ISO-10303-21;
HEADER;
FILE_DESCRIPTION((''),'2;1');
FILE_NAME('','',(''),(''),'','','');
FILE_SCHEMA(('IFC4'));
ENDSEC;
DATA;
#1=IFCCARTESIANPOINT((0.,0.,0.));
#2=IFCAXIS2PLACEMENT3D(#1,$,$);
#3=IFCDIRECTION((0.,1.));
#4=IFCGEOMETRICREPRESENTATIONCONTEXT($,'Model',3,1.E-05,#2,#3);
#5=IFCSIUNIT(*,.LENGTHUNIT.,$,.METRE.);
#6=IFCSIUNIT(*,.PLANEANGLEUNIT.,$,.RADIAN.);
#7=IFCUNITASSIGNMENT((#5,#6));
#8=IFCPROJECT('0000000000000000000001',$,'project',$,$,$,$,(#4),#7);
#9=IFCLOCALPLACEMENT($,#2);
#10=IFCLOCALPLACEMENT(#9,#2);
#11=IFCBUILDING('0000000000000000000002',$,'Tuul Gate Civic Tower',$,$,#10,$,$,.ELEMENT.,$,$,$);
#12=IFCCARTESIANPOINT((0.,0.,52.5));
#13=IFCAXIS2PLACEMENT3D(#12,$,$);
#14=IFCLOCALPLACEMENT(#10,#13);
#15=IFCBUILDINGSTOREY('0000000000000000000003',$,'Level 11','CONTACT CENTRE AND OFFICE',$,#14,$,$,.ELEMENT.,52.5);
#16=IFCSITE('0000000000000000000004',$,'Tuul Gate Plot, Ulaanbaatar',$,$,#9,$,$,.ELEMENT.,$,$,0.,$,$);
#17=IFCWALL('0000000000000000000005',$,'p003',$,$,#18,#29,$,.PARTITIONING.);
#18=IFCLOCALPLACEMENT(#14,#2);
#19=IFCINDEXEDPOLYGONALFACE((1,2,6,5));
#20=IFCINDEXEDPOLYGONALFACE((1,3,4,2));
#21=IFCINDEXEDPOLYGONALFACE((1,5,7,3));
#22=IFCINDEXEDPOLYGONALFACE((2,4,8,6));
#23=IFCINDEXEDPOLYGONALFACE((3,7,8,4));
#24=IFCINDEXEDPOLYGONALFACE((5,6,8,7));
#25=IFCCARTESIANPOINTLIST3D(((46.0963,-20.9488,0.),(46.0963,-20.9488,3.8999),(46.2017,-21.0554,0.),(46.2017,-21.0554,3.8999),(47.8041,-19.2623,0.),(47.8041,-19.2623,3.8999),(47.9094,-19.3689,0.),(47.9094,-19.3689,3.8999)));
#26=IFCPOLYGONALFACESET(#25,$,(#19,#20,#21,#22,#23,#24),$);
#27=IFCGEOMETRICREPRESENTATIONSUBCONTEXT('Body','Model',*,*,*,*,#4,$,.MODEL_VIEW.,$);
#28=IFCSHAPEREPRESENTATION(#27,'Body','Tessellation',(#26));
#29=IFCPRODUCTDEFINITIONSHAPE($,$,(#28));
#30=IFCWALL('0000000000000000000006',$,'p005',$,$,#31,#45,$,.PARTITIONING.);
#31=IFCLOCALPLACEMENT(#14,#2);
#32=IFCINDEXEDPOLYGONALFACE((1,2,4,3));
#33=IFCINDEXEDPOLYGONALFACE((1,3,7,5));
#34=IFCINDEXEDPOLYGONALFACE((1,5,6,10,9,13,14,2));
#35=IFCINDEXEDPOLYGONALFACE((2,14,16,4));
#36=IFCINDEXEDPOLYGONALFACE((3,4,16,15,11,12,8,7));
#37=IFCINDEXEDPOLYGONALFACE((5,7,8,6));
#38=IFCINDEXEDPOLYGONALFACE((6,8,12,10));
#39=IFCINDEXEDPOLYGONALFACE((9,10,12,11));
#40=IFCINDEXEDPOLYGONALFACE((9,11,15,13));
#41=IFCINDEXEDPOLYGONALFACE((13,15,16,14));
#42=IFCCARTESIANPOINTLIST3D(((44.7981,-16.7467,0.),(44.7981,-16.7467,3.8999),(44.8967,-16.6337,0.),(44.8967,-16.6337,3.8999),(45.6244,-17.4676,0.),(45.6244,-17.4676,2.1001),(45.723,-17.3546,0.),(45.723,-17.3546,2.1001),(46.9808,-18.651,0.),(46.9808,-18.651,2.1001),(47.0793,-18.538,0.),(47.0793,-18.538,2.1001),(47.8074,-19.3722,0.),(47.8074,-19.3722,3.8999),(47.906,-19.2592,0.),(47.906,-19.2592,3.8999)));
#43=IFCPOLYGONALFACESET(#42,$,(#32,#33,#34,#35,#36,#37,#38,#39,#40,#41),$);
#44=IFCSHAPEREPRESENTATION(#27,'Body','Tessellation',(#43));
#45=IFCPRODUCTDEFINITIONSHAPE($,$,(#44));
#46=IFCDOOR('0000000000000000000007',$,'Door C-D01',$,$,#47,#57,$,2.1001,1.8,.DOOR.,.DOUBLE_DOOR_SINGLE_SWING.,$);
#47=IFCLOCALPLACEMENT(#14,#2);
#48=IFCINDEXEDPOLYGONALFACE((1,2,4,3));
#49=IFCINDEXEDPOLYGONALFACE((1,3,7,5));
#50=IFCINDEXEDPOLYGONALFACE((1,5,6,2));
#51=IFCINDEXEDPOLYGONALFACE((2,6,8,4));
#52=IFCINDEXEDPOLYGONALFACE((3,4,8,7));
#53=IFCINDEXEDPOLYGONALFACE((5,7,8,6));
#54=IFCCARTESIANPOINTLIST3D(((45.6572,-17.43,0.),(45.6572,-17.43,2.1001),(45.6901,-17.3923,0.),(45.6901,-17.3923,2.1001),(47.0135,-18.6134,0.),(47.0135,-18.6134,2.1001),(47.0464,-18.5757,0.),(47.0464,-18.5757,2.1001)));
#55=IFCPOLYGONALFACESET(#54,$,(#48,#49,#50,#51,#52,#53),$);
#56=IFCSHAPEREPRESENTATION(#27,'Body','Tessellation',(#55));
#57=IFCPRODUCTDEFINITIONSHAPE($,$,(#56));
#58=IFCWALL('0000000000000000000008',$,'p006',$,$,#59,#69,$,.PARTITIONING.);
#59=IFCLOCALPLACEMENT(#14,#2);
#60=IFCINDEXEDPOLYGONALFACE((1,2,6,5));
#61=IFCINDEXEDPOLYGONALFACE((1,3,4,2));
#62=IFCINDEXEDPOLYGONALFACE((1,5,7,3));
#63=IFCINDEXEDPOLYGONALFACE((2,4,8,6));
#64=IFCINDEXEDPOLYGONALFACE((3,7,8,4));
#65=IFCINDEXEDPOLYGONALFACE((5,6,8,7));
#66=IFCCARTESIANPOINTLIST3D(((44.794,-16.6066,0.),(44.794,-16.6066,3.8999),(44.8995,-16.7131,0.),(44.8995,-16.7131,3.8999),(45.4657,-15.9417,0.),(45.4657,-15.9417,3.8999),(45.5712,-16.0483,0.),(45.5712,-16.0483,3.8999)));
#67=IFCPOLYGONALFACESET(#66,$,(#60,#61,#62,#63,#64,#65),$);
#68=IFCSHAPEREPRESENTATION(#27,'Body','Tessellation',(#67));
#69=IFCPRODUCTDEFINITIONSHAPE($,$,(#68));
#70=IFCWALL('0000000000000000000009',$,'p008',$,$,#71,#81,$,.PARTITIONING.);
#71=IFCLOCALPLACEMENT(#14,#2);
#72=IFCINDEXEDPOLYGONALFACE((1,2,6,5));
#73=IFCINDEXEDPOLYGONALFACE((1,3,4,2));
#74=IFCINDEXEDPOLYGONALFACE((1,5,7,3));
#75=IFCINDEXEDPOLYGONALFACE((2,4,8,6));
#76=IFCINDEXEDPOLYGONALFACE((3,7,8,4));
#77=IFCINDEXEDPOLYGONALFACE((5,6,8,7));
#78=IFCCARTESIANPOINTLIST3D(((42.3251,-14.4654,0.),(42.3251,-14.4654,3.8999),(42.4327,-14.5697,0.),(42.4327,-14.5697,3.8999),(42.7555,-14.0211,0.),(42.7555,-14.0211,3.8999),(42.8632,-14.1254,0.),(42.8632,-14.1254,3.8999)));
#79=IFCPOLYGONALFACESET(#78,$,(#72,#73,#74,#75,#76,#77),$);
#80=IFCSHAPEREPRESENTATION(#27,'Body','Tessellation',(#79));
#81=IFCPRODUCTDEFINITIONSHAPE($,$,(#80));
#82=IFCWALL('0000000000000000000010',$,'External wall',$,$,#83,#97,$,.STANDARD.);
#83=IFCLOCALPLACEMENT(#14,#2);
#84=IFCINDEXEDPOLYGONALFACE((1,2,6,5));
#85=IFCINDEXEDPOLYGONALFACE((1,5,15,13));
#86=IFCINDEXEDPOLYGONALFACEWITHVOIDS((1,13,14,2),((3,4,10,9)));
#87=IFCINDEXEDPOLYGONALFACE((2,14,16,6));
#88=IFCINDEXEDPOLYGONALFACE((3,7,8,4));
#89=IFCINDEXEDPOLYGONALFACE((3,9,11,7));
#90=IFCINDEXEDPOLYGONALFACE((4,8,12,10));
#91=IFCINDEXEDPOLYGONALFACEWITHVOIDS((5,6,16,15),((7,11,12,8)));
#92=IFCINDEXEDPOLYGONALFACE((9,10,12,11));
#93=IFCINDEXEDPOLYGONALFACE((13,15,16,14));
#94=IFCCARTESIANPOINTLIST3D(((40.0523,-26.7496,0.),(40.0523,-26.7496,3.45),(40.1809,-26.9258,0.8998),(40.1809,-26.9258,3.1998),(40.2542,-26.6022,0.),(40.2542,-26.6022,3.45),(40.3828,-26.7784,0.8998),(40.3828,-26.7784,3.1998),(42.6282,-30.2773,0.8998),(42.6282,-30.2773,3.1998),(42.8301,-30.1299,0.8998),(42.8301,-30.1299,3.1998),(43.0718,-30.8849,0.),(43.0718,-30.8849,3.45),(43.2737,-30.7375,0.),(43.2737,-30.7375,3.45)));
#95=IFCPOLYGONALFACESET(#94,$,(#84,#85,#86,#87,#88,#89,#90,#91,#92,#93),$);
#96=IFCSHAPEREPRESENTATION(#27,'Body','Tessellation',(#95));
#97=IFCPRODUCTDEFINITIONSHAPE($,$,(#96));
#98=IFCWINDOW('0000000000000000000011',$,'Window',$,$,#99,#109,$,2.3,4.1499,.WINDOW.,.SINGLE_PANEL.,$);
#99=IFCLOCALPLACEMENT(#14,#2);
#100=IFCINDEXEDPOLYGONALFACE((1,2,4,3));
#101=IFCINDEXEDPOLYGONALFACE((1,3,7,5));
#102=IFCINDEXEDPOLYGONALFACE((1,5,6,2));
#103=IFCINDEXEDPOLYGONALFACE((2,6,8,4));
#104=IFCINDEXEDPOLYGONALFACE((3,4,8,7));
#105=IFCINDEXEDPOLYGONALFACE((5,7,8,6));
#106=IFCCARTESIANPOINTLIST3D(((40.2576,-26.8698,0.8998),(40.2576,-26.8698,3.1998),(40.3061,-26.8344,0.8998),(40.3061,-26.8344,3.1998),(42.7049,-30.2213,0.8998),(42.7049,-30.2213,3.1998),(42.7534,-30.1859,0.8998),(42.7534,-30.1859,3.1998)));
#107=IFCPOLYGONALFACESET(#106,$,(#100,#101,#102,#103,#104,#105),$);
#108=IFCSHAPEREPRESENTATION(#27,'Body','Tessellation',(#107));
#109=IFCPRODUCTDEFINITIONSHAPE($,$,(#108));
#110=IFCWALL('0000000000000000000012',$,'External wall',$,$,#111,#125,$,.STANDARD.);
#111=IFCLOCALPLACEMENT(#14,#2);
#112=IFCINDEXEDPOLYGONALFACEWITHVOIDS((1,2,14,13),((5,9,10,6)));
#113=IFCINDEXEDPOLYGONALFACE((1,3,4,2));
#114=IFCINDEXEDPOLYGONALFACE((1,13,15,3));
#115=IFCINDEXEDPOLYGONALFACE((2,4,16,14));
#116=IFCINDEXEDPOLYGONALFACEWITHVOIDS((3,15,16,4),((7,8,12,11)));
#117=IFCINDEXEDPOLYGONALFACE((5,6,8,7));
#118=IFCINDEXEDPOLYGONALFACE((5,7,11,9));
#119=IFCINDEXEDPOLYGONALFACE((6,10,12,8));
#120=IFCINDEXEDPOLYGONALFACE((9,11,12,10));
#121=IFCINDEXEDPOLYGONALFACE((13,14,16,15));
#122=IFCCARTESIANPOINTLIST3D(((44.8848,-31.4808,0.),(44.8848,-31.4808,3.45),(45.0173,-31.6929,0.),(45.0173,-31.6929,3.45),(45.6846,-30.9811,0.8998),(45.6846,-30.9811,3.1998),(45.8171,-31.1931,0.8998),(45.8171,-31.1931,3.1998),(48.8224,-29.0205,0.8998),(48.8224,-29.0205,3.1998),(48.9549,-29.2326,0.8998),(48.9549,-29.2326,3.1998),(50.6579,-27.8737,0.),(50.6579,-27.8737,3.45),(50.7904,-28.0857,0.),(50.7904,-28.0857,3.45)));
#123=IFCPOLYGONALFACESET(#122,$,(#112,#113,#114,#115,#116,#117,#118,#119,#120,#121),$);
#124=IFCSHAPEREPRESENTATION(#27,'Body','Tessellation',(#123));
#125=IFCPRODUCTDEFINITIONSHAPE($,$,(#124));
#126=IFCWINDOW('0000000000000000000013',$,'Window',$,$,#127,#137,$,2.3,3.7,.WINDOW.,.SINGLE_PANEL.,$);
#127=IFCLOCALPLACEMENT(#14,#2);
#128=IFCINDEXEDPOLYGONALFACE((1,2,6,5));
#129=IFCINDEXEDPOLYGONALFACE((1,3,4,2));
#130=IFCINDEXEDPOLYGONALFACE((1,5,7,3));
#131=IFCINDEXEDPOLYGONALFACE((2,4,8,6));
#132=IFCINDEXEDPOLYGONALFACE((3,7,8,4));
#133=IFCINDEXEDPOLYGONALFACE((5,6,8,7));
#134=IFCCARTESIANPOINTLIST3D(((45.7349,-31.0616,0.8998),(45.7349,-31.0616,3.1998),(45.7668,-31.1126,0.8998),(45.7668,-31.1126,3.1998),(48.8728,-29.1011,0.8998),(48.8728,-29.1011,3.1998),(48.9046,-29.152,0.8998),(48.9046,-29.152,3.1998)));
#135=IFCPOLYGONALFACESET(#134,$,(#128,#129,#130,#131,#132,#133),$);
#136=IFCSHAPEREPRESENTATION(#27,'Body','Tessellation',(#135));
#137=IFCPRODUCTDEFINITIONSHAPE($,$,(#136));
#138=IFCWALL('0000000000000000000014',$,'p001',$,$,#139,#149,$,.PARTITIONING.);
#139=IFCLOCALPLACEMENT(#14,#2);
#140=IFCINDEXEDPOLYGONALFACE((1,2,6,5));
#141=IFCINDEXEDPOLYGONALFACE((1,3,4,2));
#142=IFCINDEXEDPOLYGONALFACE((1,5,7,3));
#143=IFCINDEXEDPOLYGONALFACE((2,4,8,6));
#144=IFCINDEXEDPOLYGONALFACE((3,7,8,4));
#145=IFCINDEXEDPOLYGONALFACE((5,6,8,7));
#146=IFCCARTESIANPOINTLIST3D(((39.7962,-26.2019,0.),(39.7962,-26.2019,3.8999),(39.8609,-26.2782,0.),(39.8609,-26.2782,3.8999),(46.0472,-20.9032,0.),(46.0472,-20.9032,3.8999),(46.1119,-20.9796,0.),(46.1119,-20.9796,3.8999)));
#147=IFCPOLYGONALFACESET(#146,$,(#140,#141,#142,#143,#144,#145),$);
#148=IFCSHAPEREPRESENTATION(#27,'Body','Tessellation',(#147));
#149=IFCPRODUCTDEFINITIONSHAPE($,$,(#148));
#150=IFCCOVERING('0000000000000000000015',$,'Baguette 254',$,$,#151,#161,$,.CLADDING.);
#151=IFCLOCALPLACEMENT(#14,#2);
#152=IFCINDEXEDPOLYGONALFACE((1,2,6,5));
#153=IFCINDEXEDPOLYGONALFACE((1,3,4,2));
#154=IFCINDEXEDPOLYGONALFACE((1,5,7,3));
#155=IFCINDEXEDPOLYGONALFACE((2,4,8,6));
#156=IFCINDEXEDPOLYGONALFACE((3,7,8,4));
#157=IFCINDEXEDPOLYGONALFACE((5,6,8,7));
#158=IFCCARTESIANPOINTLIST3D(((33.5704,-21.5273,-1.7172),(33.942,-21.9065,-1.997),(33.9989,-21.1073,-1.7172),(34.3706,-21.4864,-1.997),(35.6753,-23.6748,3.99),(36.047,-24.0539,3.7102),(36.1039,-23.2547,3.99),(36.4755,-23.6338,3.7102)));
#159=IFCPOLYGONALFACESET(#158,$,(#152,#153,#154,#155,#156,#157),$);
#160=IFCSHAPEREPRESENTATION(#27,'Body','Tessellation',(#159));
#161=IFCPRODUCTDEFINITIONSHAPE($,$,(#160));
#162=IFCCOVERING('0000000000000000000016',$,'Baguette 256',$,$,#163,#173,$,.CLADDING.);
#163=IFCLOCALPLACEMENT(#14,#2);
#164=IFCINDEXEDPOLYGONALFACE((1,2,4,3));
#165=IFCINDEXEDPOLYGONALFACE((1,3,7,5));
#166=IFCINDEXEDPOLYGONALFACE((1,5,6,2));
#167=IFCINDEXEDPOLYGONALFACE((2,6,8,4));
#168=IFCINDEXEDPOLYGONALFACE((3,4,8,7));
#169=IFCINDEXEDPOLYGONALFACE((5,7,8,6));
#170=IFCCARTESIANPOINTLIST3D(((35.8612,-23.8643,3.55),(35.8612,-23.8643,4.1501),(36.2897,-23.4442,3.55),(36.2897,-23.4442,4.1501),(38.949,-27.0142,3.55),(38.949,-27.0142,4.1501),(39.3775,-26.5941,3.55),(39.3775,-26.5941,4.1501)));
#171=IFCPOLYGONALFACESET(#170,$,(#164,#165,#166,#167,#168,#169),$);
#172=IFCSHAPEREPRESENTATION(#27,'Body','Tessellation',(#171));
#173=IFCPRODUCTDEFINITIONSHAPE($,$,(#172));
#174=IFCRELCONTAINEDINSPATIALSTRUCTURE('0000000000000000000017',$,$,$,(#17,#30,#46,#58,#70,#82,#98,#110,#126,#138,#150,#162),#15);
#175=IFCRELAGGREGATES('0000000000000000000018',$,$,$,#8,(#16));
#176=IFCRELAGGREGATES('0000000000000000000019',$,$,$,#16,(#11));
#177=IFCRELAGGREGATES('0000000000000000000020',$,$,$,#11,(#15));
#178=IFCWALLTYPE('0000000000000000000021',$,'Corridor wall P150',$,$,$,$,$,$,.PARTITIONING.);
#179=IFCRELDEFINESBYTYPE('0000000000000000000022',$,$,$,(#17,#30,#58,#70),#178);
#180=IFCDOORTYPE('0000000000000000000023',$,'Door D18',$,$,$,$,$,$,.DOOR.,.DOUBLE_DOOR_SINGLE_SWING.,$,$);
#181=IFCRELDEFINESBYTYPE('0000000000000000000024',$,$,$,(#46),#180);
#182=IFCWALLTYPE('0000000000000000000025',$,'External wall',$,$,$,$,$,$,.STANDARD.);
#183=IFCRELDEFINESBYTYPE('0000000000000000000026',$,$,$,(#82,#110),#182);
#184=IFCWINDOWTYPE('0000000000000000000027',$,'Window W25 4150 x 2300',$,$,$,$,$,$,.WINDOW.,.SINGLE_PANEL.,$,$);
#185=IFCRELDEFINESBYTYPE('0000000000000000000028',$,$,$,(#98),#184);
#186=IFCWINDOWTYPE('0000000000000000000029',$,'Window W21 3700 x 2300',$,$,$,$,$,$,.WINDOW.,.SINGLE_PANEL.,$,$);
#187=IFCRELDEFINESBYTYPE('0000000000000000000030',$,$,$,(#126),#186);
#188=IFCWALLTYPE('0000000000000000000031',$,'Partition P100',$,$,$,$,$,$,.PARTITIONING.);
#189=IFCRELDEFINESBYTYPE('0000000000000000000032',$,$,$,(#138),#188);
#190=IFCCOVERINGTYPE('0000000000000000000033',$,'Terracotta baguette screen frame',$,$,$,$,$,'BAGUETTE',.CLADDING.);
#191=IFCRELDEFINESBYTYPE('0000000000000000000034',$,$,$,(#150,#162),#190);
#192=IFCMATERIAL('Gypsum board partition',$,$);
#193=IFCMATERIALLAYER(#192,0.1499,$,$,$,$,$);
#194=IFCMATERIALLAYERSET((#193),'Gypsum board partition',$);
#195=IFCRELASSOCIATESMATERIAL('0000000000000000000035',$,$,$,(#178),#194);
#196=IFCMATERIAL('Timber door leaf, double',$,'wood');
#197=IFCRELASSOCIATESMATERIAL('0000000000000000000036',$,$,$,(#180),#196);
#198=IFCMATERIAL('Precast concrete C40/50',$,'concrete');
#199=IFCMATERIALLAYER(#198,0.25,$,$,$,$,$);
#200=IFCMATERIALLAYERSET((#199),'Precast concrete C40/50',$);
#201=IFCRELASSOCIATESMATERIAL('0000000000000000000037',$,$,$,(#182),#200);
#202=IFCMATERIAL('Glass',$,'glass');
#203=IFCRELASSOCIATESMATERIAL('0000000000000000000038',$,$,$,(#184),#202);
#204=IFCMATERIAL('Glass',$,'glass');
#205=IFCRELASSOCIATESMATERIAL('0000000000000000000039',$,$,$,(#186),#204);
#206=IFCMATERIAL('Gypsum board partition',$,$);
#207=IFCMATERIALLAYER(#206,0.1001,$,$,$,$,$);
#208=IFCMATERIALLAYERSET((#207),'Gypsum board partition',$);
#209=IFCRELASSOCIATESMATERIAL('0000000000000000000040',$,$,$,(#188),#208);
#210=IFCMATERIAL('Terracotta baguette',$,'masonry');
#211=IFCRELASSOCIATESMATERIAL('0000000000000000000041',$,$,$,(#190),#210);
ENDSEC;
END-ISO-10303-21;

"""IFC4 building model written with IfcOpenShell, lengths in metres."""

from ifc_helpers import new_model, si_unit, direction, frame, frame_2d, origin, origin_2d, place, context, subcontext, project, spatial, rectangle, extrude, material, layer, layer_set, material_profile, profile_set, type_object, element, fill, save


model = new_model("IFC4")

# Units and contexts
model_context = context("Model", 3, precision=1e-05, world=origin(), true_north=direction((0.0, 1.0)))
body_context = subcontext(model_context, "Body", "Model", "MODEL_VIEW")
ifc_project = project(units=[si_unit("LENGTHUNIT", "METRE"), si_unit("PLANEANGLEUNIT", "RADIAN")], contexts=[model_context])

# Site, building, storey
site_placement = place(None, origin())
site = spatial("IfcSite", under=ifc_project, at=site_placement, Name="Tuul Gate Plot, Ulaanbaatar", CompositionType="ELEMENT", RefElevation=0.0)
building_placement = place(site_placement, origin())
building = spatial("IfcBuilding", under=site, at=building_placement, Name="Tuul Gate Civic Tower", CompositionType="ELEMENT")
storey_placement = place(building_placement, frame((0.0, 0.0, 52.5)))
storey = spatial("IfcBuildingStorey", under=building, at=storey_placement, Name="Level 11", Description="CONTACT CENTRE AND OFFICE", CompositionType="ELEMENT", Elevation=52.5)

# Wall
ifc_material_1 = material(Name="Gypsum board partition")
ifc_layer_1 = layer(ifc_material_1, 0.1499)
ifc_layer_set_1 = layer_set([ifc_layer_1], Name="Gypsum board partition")
wall_type_1 = type_object("IfcWallType", Name="Corridor wall P150", PredefinedType="PARTITIONING", material=ifc_layer_set_1)
wall_1_placement = place(storey_placement, frame((46.1489, -21.0022, 0.0), z_axis=(0.0, 0.0, 1.0), x_axis=(0.711518, 0.702668, 0.0)))
element("IfcWall", 1, at=wall_1_placement, inside=storey, type_object=wall_type_1, Name="p003", PredefinedType="PARTITIONING", context=body_context, shape_type="SweptSolid", body=[
    extrude(rectangle(XDim=2.4001, YDim=0.1499, at=frame_2d((1.2002, 0.0))), origin(), (0.0, 0.0, 1.0), 3.8999),
])

# Wall, opening, door
wall_2_placement = place(storey_placement, frame((44.8474, -16.6902, 0.0), z_axis=(0.0, 0.0, 1.0), x_axis=(0.753523, -0.657422, 0.0)))
wall_2 = element("IfcWall", 2, at=wall_2_placement, inside=storey, type_object=wall_type_1, Name="p005", PredefinedType="PARTITIONING", context=body_context, shape_type="SweptSolid", body=[
    extrude(rectangle(XDim=3.9937, YDim=0.1499, at=frame_2d((1.9968, 0.0))), origin(), (0.0, 0.0, 1.0), 3.8999),
])
opening_1_placement = place(wall_2_placement, frame((1.0967, 0.0, 0.0)))
opening_1 = element("IfcOpeningElement", 3, at=opening_1_placement, cuts=wall_2, PredefinedType="OPENING", context=body_context, shape_type="SweptSolid", body=[
    extrude(rectangle(XDim=1.8, YDim=2.1001, at=frame_2d((0.8999, 1.05))), frame((0.0, 0.085, 0.0), z_axis=(0.0, -1.0, 0.0), x_axis=(1.0, 0.0, 0.0)), (0.0, 0.0, 1.0), 0.1699),
])
ifc_material_2 = material(Name="Timber door leaf, double", Category="wood")
door_type_1 = type_object("IfcDoorType", Name="Door D18", OperationType="DOUBLE_DOOR_SINGLE_SWING", PredefinedType="DOOR", material=ifc_material_2)
door_1_placement = place(opening_1_placement, origin())
door_1 = element("IfcDoor", 4, at=door_1_placement, inside=storey, type_object=door_type_1, Name="Door C-D01", OperationType="DOUBLE_DOOR_SINGLE_SWING", OverallHeight=2.1001, OverallWidth=1.8, PredefinedType="DOOR", context=body_context, shape_type="SweptSolid", body=[
    extrude(rectangle(XDim=1.8, YDim=2.1001, at=frame_2d((0.8999, 1.05))), frame((0.0, 0.0249, 0.0), z_axis=(0.0, -1.0, 0.0), x_axis=(1.0, 0.0, 0.0)), (0.0, 0.0, 1.0), 0.05),
])
fill(opening_1, door_1)

# Walls
wall_3_placement = place(storey_placement, frame((44.8467, -16.6599, 0.0), z_axis=(0.0, 0.0, 1.0), x_axis=(0.710714, 0.703481, 0.0)))
element("IfcWall", 5, at=wall_3_placement, inside=storey, type_object=wall_type_1, Name="p006", PredefinedType="PARTITIONING", context=body_context, shape_type="SweptSolid", body=[
    extrude(rectangle(XDim=0.9451, YDim=0.1499, at=frame_2d((0.4727, 0.0))), origin(), (0.0, 0.0, 1.0), 3.8999),
])
wall_4_placement = place(storey_placement, frame((42.3789, -14.5176, 0.0), z_axis=(0.0, 0.0, 1.0), x_axis=(0.69577, 0.718265, 0.0)))
element("IfcWall", 6, at=wall_4_placement, inside=storey, type_object=wall_type_1, Name="p008", PredefinedType="PARTITIONING", context=body_context, shape_type="SweptSolid", body=[
    extrude(rectangle(XDim=0.6187, YDim=0.1499, at=frame_2d((0.3093, 0.0))), origin(), (0.0, 0.0, 1.0), 3.8999),
])

# Walls, openings, windows
ifc_material_3 = material(Name="Precast concrete C40/50", Category="concrete")
ifc_layer_2 = layer(ifc_material_3, 0.25)
ifc_layer_set_2 = layer_set([ifc_layer_2], Name="Precast concrete C40/50")
wall_type_2 = type_object("IfcWallType", Name="External wall", PredefinedType="STANDARD", material=ifc_layer_set_2)
wall_5_placement = place(storey_placement, frame((40.1533, -26.676, 0.0), z_axis=(0.0, 0.0, 1.0), x_axis=(0.589713, -0.807613, 0.0)))
wall_5 = element("IfcWall", 7, at=wall_5_placement, inside=storey, type_object=wall_type_2, Name="External wall", PredefinedType="STANDARD", context=body_context, shape_type="SweptSolid", body=[
    extrude(rectangle(XDim=5.1204, YDim=0.25, at=frame_2d((2.5601, 0.0))), origin(), (0.0, 0.0, 1.0), 3.45),
])
opening_2_placement = place(wall_5_placement, frame((0.218, 0.0, 0.8999)))
opening_2 = element("IfcOpeningElement", 8, at=opening_2_placement, cuts=wall_5, PredefinedType="OPENING", context=body_context, shape_type="SweptSolid", body=[
    extrude(rectangle(XDim=4.1499, YDim=2.3, at=frame_2d((2.075, 1.1499))), frame((0.0, 0.135, 0.0), z_axis=(0.0, -1.0, 0.0), x_axis=(1.0, 0.0, 0.0)), (0.0, 0.0, 1.0), 0.27),
])
ifc_material_4 = material(Name="Glass", Category="glass")
window_type_1 = type_object("IfcWindowType", Name="Window W25 4150 x 2300", PartitioningType="SINGLE_PANEL", PredefinedType="WINDOW", material=ifc_material_4)
window_1_placement = place(opening_2_placement, origin())
window_1 = element("IfcWindow", 9, at=window_1_placement, inside=storey, type_object=window_type_1, Name="Window", OverallHeight=2.3, OverallWidth=4.1499, PartitioningType="SINGLE_PANEL", PredefinedType="WINDOW", context=body_context, shape_type="SweptSolid", body=[
    extrude(rectangle(XDim=4.1499, YDim=2.3, at=frame_2d((2.075, 1.1499))), frame((0.0, 0.03, 0.0), z_axis=(0.0, -1.0, 0.0), x_axis=(1.0, 0.0, 0.0)), (0.0, 0.0, 1.0), 0.0601),
])
fill(opening_2, window_1)
wall_6_placement = place(storey_placement, frame((44.9509, -31.5869, 0.0), z_axis=(0.0, 0.0, 1.0), x_axis=(0.848069, 0.529886, 0.0)))
wall_6 = element("IfcWall", 10, at=wall_6_placement, inside=storey, type_object=wall_type_2, Name="External wall", PredefinedType="STANDARD", context=body_context, shape_type="SweptSolid", body=[
    extrude(rectangle(XDim=6.8074, YDim=0.25, at=frame_2d((3.4038, 0.0))), origin(), (0.0, 0.0, 1.0), 3.45),
])
opening_3_placement = place(wall_6_placement, frame((0.9431, 0.0, 0.8999)))
opening_3 = element("IfcOpeningElement", 11, at=opening_3_placement, cuts=wall_6, PredefinedType="OPENING", context=body_context, shape_type="SweptSolid", body=[
    extrude(rectangle(XDim=3.7, YDim=2.3, at=frame_2d((1.8501, 1.1499))), frame((0.0, 0.135, 0.0), z_axis=(0.0, -1.0, 0.0), x_axis=(1.0, 0.0, 0.0)), (0.0, 0.0, 1.0), 0.27),
])
ifc_material_5 = material(Name="Glass", Category="glass")
window_type_2 = type_object("IfcWindowType", Name="Window W21 3700 x 2300", PartitioningType="SINGLE_PANEL", PredefinedType="WINDOW", material=ifc_material_5)
window_2_placement = place(opening_3_placement, origin())
window_2 = element("IfcWindow", 12, at=window_2_placement, inside=storey, type_object=window_type_2, Name="Window", OverallHeight=2.3, OverallWidth=3.7, PartitioningType="SINGLE_PANEL", PredefinedType="WINDOW", context=body_context, shape_type="SweptSolid", body=[
    extrude(rectangle(XDim=3.7, YDim=2.3, at=frame_2d((1.8501, 1.1499))), frame((0.0, 0.03, 0.0), z_axis=(0.0, -1.0, 0.0), x_axis=(1.0, 0.0, 0.0)), (0.0, 0.0, 1.0), 0.0601),
])
fill(opening_3, window_2)

# Wall
ifc_material_6 = material(Name="Gypsum board partition")
ifc_layer_3 = layer(ifc_material_6, 0.1001)
ifc_layer_set_3 = layer_set([ifc_layer_3], Name="Gypsum board partition")
wall_type_3 = type_object("IfcWallType", Name="Partition P100", PredefinedType="PARTITIONING", material=ifc_layer_set_3)
wall_7_placement = place(storey_placement, frame((39.8286, -26.24, 0.0), z_axis=(0.0, 0.0, 1.0), x_axis=(0.762827, 0.646603, 0.0)))
element("IfcWall", 13, at=wall_7_placement, inside=storey, type_object=wall_type_3, Name="p001", PredefinedType="PARTITIONING", context=body_context, shape_type="SweptSolid", body=[
    extrude(rectangle(XDim=8.1946, YDim=0.1001, at=frame_2d((4.0972, 0.0))), origin(), (0.0, 0.0, 1.0), 3.8999),
])

# Coverings
ifc_material_7 = material(Name="Terracotta baguette", Category="masonry")
ifc_material_profile_1 = material_profile(ifc_material_7, rectangle(XDim=0.6001, YDim=0.6001, at=origin_2d()), Name="Terracotta baguette screen frame")
ifc_profile_set_1 = profile_set([ifc_material_profile_1], Name="Terracotta baguette")
covering_type = type_object("IfcCoveringType", Name="Terracotta baguette screen frame", ElementType="BAGUETTE", PredefinedType="CLADDING", material=ifc_profile_set_1)
covering_1_placement = place(storey_placement, frame((36.0754, -23.6543, 3.8501), z_axis=(-0.326302, 0.332888, -0.88471), x_axis=(-0.714135, -0.700008, 0.0)))
element("IfcCovering", 14, at=covering_1_placement, inside=storey, type_object=covering_type, Name="Baguette 254", PredefinedType="CLADDING", context=body_context, shape_type="SweptSolid", body=[
    extrude(rectangle(XDim=0.6001, YDim=0.6001, at=origin_2d()), origin(), (0.0, 0.0, 1.0), 6.4509),
])
covering_2_placement = place(storey_placement, frame((36.0754, -23.6543, 3.8501), z_axis=(0.700043, -0.714101, 0.0), x_axis=(0.714101, 0.700043, 0.0)))
element("IfcCovering", 15, at=covering_2_placement, inside=storey, type_object=covering_type, Name="Baguette 256", PredefinedType="CLADDING", context=body_context, shape_type="SweptSolid", body=[
    extrude(rectangle(XDim=0.6001, YDim=0.6001, at=origin_2d()), origin(), (0.0, 0.0, 1.0), 4.4109),
])

save(model, "model.ifc")
